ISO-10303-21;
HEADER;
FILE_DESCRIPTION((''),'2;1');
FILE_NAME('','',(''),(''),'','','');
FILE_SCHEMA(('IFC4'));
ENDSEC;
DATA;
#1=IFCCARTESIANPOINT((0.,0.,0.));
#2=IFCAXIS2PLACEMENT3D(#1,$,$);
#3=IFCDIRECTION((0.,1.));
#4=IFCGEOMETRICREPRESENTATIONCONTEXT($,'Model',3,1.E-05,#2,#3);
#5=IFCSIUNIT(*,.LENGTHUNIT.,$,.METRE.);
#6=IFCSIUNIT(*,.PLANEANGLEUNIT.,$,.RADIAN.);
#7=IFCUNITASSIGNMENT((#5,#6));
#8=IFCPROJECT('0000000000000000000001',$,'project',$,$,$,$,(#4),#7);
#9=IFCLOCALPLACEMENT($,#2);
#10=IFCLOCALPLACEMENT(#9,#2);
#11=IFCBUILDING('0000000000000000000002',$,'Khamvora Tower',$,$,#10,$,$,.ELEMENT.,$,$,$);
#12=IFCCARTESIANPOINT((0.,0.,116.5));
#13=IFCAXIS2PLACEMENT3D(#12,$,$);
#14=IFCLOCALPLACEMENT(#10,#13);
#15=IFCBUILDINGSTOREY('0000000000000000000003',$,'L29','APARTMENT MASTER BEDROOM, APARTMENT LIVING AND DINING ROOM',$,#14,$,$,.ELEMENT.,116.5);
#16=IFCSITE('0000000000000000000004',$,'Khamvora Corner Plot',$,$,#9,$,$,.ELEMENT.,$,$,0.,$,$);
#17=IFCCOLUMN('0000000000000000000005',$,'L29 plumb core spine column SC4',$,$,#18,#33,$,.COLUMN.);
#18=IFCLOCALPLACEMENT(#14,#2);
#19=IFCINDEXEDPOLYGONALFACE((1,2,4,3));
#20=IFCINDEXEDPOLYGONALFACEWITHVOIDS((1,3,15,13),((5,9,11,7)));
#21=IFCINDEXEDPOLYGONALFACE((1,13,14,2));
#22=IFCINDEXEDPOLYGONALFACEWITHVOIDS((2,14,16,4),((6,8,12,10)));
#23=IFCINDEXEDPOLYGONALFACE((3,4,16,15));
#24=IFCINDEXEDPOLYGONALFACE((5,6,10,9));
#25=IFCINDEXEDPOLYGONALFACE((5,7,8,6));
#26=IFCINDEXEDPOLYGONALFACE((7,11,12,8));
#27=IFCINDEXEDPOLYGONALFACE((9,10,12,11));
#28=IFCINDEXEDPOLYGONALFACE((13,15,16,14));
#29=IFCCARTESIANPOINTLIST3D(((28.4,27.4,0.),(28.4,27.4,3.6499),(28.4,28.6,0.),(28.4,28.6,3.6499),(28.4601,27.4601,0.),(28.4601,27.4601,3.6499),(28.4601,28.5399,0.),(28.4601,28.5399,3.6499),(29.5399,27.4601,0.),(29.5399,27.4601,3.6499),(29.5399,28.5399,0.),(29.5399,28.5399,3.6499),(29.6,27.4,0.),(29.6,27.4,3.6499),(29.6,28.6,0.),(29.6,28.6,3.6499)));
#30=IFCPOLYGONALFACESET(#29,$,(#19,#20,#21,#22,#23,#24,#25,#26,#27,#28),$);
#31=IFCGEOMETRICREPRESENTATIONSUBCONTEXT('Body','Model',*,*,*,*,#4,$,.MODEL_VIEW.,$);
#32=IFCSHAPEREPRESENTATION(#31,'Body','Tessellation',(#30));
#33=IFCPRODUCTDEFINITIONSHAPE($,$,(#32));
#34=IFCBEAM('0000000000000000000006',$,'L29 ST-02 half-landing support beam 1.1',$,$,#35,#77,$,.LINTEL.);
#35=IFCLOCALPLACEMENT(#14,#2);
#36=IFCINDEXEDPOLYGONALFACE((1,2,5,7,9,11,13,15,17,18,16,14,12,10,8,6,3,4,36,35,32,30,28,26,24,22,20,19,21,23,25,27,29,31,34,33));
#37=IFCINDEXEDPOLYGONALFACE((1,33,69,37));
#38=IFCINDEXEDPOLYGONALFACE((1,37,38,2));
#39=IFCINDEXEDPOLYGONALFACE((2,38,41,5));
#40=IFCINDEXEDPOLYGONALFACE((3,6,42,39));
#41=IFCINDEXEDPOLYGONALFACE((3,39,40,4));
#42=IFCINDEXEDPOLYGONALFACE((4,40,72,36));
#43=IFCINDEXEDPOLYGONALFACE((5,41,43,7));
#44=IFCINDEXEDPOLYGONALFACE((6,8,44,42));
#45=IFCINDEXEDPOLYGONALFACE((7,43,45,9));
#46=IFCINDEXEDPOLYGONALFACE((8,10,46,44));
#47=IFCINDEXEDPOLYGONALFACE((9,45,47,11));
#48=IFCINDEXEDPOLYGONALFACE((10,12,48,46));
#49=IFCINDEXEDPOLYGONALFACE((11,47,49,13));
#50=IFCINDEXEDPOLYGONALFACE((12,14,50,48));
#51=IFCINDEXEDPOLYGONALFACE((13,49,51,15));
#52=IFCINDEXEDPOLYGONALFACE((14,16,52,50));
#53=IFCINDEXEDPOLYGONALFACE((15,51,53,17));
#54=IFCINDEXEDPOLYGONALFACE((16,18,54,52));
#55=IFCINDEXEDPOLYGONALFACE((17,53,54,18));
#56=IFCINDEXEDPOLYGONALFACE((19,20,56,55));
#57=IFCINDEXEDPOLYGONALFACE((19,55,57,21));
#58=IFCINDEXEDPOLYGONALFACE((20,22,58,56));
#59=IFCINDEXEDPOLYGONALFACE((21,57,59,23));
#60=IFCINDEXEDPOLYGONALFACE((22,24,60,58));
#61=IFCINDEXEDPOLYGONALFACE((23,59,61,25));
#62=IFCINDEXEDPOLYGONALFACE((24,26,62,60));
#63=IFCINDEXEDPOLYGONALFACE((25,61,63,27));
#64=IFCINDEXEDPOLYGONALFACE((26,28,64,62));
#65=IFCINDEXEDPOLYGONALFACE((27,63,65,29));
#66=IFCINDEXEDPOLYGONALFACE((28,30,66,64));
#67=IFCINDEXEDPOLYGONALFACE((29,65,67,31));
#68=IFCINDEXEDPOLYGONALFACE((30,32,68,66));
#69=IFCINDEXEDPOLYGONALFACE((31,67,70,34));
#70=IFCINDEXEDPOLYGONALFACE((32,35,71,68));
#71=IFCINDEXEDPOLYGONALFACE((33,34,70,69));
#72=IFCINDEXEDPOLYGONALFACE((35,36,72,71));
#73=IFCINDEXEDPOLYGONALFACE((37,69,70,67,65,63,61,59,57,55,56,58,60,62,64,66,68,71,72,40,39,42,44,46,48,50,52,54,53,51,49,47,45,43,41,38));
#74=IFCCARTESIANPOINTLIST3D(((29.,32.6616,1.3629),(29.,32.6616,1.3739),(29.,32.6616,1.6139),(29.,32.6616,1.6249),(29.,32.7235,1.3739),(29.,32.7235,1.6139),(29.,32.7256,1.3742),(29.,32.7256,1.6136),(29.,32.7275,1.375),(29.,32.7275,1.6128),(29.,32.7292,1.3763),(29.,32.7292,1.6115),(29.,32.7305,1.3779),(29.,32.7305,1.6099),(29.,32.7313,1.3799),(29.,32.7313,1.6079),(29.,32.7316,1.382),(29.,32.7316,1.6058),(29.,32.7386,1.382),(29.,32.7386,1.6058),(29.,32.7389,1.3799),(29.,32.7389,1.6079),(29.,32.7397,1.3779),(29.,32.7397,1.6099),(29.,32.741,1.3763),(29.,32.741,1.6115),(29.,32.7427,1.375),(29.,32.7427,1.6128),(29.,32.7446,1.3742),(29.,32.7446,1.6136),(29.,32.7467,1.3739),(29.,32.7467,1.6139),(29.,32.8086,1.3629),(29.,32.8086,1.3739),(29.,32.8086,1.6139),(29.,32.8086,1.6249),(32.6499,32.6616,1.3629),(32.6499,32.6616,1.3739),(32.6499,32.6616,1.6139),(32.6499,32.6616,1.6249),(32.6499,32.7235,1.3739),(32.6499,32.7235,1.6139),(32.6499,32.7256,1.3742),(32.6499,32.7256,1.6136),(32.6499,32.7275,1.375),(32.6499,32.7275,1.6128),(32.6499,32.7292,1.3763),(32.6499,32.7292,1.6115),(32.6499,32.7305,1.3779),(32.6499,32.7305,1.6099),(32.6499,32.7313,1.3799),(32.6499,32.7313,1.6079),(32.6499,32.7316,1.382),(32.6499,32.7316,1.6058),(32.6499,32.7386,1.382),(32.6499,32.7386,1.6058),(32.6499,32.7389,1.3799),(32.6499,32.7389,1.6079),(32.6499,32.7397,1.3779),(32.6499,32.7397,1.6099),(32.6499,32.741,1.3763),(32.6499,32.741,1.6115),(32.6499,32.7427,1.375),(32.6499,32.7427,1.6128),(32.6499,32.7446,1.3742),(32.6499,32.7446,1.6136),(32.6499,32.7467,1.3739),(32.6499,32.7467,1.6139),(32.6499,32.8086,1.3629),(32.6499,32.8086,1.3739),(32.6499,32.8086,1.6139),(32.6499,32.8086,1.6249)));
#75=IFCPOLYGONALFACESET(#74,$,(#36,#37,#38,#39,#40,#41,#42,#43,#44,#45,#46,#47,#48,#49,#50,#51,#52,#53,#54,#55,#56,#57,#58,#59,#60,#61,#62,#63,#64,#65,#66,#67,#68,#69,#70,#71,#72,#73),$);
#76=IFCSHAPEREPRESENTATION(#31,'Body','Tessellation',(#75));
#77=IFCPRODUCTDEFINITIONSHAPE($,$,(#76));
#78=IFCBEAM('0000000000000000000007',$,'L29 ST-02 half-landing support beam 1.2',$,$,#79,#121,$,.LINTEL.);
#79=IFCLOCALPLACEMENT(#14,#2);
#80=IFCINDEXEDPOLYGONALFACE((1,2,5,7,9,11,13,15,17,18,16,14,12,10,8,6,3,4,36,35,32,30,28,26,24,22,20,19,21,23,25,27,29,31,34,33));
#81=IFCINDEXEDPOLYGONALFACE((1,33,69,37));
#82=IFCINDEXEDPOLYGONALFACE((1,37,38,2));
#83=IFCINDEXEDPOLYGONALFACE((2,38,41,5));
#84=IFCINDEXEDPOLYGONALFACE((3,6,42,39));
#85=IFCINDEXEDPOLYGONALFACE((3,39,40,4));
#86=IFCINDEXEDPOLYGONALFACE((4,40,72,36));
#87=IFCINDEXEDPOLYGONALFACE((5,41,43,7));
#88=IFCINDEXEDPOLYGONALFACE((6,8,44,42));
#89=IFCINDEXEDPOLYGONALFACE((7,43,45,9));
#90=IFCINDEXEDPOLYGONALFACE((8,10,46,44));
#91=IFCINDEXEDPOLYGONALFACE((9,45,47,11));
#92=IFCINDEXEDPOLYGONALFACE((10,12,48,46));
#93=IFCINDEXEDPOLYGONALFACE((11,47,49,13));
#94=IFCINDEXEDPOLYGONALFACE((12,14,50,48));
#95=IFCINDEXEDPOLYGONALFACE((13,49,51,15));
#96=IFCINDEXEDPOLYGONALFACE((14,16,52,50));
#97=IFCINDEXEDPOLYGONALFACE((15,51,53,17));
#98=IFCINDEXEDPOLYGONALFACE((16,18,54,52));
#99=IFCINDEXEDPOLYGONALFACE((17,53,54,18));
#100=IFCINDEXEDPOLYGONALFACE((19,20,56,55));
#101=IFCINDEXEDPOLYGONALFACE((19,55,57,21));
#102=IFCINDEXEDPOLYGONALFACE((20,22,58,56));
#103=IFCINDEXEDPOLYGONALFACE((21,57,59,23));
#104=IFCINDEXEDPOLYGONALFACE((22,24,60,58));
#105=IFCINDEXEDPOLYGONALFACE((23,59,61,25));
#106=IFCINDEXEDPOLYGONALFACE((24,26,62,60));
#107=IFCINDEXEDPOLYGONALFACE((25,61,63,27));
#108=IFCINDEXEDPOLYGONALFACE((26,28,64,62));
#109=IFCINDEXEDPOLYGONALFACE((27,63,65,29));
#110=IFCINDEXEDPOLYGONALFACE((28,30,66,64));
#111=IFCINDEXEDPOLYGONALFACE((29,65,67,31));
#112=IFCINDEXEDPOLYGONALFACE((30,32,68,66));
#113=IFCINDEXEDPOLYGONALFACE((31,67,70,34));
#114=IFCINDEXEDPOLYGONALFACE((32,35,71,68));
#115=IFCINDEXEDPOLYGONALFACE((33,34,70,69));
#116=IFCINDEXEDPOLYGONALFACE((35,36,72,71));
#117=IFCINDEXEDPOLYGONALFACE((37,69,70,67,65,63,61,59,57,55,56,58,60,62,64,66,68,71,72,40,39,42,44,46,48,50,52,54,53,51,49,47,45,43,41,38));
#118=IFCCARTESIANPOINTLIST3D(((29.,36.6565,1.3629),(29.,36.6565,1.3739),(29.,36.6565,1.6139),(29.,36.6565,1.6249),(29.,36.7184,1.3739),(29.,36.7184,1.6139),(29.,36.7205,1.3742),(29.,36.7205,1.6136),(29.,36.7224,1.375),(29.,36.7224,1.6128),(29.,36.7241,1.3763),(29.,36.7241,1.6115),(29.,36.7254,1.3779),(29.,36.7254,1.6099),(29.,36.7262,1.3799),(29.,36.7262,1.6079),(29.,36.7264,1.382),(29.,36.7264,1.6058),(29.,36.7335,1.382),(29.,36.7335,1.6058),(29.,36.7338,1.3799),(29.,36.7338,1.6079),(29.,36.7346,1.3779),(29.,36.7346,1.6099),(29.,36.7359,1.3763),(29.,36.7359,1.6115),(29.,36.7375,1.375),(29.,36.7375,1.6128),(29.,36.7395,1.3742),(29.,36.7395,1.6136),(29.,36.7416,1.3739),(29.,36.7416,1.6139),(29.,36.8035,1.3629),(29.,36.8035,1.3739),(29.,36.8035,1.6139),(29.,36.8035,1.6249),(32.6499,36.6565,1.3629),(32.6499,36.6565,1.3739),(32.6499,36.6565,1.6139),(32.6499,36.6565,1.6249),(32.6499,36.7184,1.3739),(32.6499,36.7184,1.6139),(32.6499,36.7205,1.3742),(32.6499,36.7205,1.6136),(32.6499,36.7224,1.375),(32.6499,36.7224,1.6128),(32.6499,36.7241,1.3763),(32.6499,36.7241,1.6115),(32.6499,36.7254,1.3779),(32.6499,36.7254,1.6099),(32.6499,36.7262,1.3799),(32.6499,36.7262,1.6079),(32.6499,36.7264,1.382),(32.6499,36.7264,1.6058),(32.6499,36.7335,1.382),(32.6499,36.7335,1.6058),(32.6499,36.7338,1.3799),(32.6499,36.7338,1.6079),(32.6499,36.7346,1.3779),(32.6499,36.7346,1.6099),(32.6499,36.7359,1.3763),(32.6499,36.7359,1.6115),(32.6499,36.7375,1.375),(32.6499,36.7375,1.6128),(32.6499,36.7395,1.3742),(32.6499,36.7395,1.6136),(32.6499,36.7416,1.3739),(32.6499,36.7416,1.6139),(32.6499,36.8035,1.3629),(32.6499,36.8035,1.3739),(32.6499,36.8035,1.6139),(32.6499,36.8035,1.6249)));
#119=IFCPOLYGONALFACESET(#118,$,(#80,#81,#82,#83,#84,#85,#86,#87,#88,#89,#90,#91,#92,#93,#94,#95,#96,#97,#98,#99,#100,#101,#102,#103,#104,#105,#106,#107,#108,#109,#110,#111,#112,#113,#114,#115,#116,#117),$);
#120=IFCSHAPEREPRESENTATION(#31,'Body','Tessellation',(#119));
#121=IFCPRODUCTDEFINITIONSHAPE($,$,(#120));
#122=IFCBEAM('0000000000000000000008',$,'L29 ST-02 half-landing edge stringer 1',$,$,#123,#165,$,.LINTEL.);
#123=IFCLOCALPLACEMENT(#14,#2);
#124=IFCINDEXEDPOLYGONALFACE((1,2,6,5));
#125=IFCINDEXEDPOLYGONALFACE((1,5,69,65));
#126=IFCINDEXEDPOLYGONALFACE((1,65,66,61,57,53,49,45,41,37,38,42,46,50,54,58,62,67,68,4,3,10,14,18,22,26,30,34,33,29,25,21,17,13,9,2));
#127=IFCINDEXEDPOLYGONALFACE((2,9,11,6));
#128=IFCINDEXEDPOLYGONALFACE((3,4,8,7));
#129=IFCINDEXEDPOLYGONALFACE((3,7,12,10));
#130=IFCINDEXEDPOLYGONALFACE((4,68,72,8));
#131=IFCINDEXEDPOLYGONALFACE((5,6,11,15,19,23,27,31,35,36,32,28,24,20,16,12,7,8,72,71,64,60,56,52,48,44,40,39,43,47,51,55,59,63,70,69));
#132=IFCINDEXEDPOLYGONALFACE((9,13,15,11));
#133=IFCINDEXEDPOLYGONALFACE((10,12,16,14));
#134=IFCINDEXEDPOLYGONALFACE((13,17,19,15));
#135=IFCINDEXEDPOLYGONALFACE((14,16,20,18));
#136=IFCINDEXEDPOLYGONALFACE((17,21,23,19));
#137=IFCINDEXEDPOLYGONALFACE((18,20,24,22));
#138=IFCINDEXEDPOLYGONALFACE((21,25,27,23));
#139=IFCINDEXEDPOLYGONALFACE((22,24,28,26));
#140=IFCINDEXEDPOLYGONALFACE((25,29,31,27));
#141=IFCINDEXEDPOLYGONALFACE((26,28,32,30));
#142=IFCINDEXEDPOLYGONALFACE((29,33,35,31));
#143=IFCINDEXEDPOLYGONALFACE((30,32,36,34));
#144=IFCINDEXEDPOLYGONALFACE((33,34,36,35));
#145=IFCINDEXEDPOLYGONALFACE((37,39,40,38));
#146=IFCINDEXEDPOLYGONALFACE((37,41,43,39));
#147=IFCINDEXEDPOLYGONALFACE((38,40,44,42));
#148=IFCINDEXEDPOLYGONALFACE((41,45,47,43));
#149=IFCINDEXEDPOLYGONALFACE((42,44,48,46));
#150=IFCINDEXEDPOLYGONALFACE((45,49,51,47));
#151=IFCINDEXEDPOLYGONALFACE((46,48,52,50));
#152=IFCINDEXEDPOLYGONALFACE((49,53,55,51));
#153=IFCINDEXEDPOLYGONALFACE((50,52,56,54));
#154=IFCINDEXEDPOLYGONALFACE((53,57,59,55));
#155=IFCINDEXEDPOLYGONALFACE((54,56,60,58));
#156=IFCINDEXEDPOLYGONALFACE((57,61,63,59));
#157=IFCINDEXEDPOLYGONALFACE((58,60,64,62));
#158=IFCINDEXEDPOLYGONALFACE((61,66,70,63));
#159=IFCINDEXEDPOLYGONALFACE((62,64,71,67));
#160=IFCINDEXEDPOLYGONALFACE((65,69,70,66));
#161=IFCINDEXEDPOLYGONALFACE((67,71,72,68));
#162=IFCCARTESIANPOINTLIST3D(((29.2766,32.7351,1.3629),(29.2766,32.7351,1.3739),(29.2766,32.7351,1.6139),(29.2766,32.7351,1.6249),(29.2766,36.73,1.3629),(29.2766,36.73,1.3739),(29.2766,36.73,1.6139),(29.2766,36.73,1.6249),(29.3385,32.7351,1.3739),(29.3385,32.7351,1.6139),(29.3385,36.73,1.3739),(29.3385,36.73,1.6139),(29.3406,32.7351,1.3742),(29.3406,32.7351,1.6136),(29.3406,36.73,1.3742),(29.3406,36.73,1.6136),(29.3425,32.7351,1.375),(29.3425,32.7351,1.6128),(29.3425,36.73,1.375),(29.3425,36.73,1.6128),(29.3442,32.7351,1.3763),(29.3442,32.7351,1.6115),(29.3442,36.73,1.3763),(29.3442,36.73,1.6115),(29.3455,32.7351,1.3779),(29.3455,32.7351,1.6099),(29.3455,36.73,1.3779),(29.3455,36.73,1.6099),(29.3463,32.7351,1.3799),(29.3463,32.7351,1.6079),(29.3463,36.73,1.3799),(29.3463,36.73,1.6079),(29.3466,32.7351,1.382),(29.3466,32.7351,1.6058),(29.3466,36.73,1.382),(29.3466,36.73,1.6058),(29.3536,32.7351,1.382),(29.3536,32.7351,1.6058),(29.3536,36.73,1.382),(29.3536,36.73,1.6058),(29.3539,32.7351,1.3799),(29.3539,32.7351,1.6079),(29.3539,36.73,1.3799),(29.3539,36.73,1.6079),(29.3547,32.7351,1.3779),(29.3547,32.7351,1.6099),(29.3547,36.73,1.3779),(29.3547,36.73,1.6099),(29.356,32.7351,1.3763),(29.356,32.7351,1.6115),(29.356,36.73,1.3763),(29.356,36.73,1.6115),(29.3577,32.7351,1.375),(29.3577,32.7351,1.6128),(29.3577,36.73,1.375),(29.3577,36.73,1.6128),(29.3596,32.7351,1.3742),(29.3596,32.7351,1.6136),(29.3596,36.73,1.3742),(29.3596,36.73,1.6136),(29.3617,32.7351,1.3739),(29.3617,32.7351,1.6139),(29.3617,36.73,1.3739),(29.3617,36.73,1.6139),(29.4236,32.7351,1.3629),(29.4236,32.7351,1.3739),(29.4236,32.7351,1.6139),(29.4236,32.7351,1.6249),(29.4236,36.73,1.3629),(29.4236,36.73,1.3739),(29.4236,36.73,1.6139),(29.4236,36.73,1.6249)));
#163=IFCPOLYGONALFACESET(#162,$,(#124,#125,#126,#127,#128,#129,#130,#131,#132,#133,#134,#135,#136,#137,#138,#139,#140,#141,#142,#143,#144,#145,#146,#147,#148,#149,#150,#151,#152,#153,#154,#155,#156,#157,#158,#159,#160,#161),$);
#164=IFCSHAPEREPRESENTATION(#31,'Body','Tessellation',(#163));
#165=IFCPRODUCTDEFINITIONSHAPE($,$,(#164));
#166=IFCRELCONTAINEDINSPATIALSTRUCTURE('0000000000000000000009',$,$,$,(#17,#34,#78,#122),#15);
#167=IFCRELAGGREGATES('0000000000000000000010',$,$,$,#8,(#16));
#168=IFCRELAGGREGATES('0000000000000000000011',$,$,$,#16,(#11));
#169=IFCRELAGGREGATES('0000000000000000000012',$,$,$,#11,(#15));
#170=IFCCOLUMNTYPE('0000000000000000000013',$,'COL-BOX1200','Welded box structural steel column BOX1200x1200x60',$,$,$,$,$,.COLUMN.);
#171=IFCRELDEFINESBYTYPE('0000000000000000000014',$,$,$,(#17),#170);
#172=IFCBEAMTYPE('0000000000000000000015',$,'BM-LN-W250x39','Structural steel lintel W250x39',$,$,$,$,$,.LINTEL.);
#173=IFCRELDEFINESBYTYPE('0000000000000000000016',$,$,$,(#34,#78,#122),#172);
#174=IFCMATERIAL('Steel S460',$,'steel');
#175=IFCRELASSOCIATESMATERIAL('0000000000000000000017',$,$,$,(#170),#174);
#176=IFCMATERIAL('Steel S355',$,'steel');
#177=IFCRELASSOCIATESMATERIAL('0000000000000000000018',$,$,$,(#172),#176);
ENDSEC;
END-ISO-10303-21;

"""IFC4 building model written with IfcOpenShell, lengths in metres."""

from ifc_helpers import new_model, si_unit, direction, frame, origin, origin_2d, place, context, subcontext, project, spatial, hollow_rectangle, i_section, extrude, material, material_profile, profile_set, type_object, element, save


model = new_model("IFC4")

# Units and contexts
model_context = context("Model", 3, precision=1e-05, world=origin(), true_north=direction((0.0, 1.0)))
body_context = subcontext(model_context, "Body", "Model", "MODEL_VIEW")
ifc_project = project(units=[si_unit("LENGTHUNIT", "METRE"), si_unit("PLANEANGLEUNIT", "RADIAN")], contexts=[model_context])

# Site, building, storey
site_placement = place(None, origin())
site = spatial("IfcSite", under=ifc_project, at=site_placement, Name="Khamvora Corner Plot", CompositionType="ELEMENT", RefElevation=0.0)
building_placement = place(site_placement, origin())
building = spatial("IfcBuilding", under=site, at=building_placement, Name="Khamvora Tower", CompositionType="ELEMENT")
storey_placement = place(building_placement, frame((0.0, 0.0, 116.5)))
storey = spatial("IfcBuildingStorey", under=building, at=storey_placement, Name="L29", Description="APARTMENT MASTER BEDROOM, APARTMENT LIVING AND DINING ROOM", CompositionType="ELEMENT", Elevation=116.5)

# Column
ifc_material_1 = material(Name="Steel S460", Category="steel")
ifc_material_profile_1 = material_profile(ifc_material_1, hollow_rectangle(XDim=1.2, YDim=1.2, WallThickness=0.0601, at=origin_2d()), Name="BOX1200x1200x60")
ifc_profile_set_1 = profile_set([ifc_material_profile_1], Name="Steel S460")
column_type = type_object("IfcColumnType", Name="COL-BOX1200", Description="Welded box structural steel column BOX1200x1200x60", PredefinedType="COLUMN", material=ifc_profile_set_1)
column_placement = place(storey_placement, frame((29.0, 28.0, 0.0), z_axis=(0.0, 0.0, 1.0), x_axis=(1.0, 0.0, 0.0)))
element("IfcColumn", 1, at=column_placement, inside=storey, type_object=column_type, Name="L29 plumb core spine column SC4", PredefinedType="COLUMN", context=body_context, shape_type="SweptSolid", body=[
    extrude(hollow_rectangle(XDim=1.2, YDim=1.2, WallThickness=0.0601, at=origin_2d()), origin(), (0.0, 0.0, 1.0), 3.6499),
])

# Beams
ifc_material_2 = material(Name="Steel S355", Category="steel")
ifc_material_profile_2 = material_profile(ifc_material_2, i_section(OverallWidth=0.147, OverallDepth=0.262, WebThickness=0.0071, FlangeThickness=0.011, FilletRadius=0.0081, at=origin_2d()), Name="W250x39")
ifc_profile_set_2 = profile_set([ifc_material_profile_2], Name="Steel S355")
beam_type = type_object("IfcBeamType", Name="BM-LN-W250x39", Description="Structural steel lintel W250x39", PredefinedType="LINTEL", material=ifc_profile_set_2)
for number, where, z_axis, x_axis, name in (
    (2, (29.0, 32.7351, 1.4939), (1.0, 0.0, 0.0), (0.0, 1.0, 0.0), "L29 ST-02 half-landing support beam 1.1"),
    (3, (29.0, 36.73, 1.4939), (1.0, 0.0, 0.0), (0.0, 1.0, 0.0), "L29 ST-02 half-landing support beam 1.2"),
):
    element("IfcBeam", number, at=place(storey_placement, frame(where, z_axis=z_axis, x_axis=x_axis)), inside=storey, type_object=beam_type, Name=name, PredefinedType="LINTEL", context=body_context, shape_type="SweptSolid", body=[
        extrude(i_section(OverallWidth=0.147, OverallDepth=0.262, WebThickness=0.0071, FlangeThickness=0.011, FilletRadius=0.0081, at=origin_2d()), origin(), (0.0, 0.0, 1.0), 3.6499),
    ])
beam_1_placement = place(storey_placement, frame((29.3501, 32.7351, 1.4939), z_axis=(0.0, 1.0, 0.0), x_axis=(-1.0, 0.0, 0.0)))
element("IfcBeam", 4, at=beam_1_placement, inside=storey, type_object=beam_type, Name="L29 ST-02 half-landing edge stringer 1", PredefinedType="LINTEL", context=body_context, shape_type="SweptSolid", body=[
    extrude(i_section(OverallWidth=0.147, OverallDepth=0.262, WebThickness=0.0071, FlangeThickness=0.011, FilletRadius=0.0081, at=origin_2d()), origin(), (0.0, 0.0, 1.0), 3.9949),
])

save(model, "model.ifc")
